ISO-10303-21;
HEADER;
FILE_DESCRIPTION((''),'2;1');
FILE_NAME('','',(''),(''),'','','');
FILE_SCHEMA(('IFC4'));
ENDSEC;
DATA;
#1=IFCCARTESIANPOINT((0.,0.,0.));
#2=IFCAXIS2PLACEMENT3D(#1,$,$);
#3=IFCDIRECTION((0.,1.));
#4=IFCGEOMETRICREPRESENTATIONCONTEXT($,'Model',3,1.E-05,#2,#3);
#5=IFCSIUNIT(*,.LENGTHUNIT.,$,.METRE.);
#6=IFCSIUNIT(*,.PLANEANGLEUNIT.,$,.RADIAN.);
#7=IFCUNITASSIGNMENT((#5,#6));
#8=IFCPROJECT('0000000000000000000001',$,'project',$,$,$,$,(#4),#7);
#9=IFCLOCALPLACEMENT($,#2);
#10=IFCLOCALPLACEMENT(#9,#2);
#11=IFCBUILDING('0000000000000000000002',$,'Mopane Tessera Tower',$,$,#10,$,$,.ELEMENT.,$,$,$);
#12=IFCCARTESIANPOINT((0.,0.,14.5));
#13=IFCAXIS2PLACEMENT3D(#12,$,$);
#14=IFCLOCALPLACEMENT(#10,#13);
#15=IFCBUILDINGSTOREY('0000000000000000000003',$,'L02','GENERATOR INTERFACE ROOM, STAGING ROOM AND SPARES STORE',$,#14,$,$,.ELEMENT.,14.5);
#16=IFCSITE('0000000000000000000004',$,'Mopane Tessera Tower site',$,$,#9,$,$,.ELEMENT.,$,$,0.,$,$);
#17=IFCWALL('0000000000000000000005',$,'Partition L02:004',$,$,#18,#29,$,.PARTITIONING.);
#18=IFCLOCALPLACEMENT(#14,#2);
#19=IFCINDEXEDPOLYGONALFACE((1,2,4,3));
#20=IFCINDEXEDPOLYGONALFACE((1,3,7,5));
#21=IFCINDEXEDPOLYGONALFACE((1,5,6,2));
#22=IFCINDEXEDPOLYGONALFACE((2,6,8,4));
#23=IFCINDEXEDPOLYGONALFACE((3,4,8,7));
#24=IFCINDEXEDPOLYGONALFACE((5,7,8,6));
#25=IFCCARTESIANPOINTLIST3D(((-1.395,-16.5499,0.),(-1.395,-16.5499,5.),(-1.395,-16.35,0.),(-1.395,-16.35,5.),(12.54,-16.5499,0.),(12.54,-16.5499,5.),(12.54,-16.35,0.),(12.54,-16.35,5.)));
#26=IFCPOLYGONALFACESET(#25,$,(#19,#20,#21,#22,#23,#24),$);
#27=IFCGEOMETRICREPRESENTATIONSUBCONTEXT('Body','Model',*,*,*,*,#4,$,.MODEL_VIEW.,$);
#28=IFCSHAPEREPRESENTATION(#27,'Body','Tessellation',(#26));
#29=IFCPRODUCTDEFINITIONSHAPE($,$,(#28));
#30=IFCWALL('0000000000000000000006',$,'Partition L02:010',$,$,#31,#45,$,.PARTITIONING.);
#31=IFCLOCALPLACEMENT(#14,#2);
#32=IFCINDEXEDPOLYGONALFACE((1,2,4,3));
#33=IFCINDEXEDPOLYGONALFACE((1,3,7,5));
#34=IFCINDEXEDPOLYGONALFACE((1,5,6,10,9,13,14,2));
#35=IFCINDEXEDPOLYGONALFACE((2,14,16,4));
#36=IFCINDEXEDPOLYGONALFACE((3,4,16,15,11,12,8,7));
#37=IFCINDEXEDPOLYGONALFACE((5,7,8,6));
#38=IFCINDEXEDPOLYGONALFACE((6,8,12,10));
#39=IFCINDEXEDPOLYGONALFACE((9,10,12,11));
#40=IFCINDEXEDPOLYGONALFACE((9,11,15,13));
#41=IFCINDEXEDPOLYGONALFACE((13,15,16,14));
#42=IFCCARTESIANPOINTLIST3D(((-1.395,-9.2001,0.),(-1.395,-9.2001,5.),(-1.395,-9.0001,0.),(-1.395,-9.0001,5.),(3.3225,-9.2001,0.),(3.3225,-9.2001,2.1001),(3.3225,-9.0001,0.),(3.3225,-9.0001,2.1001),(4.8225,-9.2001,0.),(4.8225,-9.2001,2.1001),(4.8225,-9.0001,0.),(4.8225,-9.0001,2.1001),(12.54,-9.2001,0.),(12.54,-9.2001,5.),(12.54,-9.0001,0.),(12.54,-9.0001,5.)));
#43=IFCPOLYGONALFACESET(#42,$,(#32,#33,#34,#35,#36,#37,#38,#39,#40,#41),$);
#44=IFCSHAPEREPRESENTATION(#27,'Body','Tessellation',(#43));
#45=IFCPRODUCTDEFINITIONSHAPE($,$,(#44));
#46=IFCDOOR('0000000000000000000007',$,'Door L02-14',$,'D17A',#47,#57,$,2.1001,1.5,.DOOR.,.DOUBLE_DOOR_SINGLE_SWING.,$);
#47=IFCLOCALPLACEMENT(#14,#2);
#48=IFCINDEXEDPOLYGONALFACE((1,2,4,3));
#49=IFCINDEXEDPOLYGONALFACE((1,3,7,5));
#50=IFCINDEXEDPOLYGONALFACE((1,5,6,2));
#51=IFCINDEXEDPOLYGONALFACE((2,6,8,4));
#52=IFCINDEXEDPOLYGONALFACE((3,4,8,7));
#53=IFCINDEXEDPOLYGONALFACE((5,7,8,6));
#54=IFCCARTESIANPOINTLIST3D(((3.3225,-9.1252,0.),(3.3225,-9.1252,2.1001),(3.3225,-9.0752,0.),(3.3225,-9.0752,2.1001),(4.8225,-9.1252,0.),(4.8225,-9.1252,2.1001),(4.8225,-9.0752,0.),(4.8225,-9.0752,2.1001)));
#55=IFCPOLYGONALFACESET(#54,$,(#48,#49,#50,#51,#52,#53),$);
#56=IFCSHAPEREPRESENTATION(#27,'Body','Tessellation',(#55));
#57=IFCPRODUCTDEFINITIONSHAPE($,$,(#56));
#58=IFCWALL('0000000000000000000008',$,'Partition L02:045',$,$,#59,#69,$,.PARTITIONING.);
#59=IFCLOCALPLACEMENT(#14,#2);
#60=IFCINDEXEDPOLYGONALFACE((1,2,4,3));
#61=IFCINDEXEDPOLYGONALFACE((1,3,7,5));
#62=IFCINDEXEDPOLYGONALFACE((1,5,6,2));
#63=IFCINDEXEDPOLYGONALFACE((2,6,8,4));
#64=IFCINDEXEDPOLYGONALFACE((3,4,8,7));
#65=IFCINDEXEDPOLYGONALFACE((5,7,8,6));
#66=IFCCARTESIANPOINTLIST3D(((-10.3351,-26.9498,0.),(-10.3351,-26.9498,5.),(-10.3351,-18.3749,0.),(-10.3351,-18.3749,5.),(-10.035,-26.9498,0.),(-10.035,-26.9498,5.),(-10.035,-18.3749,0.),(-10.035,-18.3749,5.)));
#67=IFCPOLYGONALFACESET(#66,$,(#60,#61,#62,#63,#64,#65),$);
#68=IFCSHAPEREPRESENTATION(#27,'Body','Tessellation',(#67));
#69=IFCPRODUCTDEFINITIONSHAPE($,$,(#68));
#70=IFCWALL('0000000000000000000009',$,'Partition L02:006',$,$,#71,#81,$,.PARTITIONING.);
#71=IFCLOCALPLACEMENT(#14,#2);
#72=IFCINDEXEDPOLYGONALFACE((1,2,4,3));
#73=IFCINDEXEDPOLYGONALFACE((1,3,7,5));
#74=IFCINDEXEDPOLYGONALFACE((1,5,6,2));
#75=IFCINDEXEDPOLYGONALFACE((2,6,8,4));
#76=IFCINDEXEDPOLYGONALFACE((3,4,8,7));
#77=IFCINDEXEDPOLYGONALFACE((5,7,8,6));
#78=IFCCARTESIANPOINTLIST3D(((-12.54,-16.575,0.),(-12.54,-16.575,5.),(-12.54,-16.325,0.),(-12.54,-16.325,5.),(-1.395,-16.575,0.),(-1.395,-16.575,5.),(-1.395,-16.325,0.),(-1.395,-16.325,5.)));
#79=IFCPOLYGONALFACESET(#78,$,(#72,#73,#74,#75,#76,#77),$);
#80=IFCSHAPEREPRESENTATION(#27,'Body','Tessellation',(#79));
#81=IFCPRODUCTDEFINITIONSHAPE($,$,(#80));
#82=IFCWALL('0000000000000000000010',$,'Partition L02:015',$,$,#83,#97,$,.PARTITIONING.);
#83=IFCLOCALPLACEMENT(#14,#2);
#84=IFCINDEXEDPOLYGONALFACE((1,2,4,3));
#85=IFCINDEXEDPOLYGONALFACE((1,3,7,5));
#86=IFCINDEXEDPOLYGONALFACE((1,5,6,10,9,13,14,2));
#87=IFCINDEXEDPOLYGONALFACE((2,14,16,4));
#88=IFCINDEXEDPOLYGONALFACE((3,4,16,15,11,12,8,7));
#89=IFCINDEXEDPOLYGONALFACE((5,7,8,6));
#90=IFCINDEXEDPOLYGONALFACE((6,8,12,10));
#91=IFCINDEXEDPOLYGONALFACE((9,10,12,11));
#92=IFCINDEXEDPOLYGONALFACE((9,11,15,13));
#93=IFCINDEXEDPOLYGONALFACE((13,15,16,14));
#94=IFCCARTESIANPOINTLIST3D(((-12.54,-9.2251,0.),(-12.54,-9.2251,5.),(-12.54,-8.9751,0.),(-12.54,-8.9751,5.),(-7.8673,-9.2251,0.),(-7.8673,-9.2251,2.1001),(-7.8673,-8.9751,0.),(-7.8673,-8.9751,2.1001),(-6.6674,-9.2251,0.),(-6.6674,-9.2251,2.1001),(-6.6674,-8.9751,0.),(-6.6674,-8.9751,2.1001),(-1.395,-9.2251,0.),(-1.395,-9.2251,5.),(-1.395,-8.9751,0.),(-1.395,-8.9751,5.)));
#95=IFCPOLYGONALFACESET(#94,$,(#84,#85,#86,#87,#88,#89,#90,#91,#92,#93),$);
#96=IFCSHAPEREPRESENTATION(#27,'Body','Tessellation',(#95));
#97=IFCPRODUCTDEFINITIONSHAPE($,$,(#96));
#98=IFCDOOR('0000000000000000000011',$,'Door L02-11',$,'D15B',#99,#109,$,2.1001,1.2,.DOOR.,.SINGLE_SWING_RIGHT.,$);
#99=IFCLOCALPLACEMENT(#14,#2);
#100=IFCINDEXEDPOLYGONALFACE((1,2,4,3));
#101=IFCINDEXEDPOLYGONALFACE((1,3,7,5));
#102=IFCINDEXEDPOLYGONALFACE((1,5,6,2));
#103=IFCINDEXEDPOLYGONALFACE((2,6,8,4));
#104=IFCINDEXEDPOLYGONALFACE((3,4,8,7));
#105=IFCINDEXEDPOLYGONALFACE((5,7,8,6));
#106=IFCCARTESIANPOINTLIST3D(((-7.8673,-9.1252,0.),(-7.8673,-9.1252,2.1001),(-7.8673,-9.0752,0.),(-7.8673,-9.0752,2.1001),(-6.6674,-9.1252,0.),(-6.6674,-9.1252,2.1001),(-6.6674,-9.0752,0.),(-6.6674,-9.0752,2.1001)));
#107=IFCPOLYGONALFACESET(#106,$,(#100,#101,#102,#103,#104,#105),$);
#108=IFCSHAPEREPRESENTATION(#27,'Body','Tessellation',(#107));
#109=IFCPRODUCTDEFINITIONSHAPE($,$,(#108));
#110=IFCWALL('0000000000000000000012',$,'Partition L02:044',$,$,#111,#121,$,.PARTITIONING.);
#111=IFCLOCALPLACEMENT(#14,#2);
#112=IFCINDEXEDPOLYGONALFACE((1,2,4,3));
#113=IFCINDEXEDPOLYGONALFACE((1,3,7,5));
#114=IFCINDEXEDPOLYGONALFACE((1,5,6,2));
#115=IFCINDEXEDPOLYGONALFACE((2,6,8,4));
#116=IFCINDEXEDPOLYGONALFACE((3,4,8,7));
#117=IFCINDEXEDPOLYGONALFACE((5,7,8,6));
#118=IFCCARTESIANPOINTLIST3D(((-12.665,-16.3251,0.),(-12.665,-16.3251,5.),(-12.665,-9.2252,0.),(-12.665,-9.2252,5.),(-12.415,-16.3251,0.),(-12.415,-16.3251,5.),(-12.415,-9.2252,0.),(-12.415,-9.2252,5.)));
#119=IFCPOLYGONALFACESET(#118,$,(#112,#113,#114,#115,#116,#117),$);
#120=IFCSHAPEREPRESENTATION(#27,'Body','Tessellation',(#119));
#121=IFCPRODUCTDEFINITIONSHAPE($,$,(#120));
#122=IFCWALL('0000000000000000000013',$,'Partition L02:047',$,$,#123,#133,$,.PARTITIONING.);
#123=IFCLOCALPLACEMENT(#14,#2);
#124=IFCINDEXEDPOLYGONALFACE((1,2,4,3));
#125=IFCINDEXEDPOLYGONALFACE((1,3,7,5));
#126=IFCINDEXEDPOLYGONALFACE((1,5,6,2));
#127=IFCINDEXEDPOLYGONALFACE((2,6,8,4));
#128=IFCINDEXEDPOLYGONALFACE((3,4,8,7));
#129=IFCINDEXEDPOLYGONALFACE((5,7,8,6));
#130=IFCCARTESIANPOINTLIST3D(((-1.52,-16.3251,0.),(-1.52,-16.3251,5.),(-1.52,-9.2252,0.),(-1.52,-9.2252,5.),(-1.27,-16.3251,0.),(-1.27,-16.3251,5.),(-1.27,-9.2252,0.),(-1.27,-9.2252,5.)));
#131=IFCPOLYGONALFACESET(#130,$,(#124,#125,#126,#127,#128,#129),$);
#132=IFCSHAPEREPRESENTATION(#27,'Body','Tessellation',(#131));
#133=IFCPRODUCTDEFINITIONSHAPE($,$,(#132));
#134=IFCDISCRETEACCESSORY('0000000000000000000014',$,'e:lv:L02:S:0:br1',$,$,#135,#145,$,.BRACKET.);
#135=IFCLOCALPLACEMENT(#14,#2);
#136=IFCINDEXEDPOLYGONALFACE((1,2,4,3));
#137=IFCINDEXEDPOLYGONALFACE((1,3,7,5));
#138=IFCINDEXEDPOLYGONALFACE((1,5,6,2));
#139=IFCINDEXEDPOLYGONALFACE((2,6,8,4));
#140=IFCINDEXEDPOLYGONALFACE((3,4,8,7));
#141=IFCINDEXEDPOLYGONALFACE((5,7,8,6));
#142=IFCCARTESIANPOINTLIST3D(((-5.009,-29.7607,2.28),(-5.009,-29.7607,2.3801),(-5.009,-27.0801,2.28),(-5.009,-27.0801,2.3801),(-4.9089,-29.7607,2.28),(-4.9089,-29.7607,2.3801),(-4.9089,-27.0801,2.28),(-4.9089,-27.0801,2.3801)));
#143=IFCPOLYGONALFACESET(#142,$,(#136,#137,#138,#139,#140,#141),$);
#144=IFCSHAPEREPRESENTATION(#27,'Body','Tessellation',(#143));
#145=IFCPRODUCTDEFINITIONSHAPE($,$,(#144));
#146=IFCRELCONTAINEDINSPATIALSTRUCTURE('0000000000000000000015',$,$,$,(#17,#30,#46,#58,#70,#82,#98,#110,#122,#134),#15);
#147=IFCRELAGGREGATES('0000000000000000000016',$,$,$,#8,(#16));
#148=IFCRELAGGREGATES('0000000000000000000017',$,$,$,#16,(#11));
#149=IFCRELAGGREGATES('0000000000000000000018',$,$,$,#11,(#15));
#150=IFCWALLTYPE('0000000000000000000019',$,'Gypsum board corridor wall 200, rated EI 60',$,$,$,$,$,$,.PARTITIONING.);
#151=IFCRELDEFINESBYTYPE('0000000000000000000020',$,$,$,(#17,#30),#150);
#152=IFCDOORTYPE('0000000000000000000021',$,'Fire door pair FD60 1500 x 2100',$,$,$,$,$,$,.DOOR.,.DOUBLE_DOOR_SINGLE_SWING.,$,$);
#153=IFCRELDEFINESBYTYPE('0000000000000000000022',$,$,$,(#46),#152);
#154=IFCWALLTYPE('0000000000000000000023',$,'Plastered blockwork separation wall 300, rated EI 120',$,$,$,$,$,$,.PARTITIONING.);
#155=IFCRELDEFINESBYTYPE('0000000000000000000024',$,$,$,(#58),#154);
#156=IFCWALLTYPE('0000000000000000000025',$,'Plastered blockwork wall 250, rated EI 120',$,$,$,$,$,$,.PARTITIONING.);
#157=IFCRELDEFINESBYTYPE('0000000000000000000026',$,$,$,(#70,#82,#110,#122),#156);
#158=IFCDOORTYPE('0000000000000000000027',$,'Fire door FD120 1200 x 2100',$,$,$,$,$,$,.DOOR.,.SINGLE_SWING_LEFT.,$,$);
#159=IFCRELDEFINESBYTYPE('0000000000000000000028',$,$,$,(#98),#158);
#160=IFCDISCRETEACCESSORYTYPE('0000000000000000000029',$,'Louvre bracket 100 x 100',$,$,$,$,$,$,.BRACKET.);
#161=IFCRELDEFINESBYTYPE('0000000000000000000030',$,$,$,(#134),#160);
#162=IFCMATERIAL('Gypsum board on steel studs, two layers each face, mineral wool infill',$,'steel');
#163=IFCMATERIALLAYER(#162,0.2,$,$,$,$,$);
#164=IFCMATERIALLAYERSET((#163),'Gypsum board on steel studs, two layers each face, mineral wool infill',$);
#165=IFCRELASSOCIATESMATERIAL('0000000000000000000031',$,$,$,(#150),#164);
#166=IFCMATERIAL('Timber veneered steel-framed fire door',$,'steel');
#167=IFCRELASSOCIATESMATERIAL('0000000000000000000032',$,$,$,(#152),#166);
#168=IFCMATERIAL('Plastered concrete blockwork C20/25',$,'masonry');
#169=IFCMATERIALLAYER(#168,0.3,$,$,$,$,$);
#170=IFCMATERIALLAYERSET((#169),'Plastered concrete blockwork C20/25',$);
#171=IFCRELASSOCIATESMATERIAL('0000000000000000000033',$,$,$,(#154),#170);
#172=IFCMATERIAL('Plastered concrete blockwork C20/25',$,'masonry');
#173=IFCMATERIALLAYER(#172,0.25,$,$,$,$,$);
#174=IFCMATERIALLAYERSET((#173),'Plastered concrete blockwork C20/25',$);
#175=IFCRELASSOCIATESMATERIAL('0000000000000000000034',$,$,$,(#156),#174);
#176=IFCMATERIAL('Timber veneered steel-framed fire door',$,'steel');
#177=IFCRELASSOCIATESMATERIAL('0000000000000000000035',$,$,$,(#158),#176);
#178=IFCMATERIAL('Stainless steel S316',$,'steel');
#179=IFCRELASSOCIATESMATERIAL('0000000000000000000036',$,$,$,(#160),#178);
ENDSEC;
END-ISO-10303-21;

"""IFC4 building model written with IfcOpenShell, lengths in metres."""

from ifc_helpers import new_model, si_unit, direction, frame, frame_2d, origin, origin_2d, place, context, subcontext, project, spatial, rectangle, extrude, material, layer, layer_set, type_object, element, fill, save


model = new_model("IFC4")

# Units and contexts
model_context = context("Model", 3, precision=1e-05, world=origin(), true_north=direction((0.0, 1.0)))
body_context = subcontext(model_context, "Body", "Model", "MODEL_VIEW")
ifc_project = project(units=[si_unit("LENGTHUNIT", "METRE"), si_unit("PLANEANGLEUNIT", "RADIAN")], contexts=[model_context])

# Site, building, storey
site_placement = place(None, origin())
site = spatial("IfcSite", under=ifc_project, at=site_placement, Name="Mopane Tessera Tower site", CompositionType="ELEMENT", RefElevation=0.0)
building_placement = place(site_placement, origin())
building = spatial("IfcBuilding", under=site, at=building_placement, Name="Mopane Tessera Tower", CompositionType="ELEMENT")
storey_placement = place(building_placement, frame((0.0, 0.0, 14.5)))
storey = spatial("IfcBuildingStorey", under=building, at=storey_placement, Name="L02", Description="GENERATOR INTERFACE ROOM, STAGING ROOM AND SPARES STORE", CompositionType="ELEMENT", Elevation=14.5)

# Wall
ifc_material_1 = material(Name="Gypsum board on steel studs, two layers each face, mineral wool infill", Category="steel")
ifc_layer_1 = layer(ifc_material_1, 0.2)
ifc_layer_set_1 = layer_set([ifc_layer_1], Name="Gypsum board on steel studs, two layers each face, mineral wool infill")
wall_type_1 = type_object("IfcWallType", Name="Gypsum board corridor wall 200, rated EI 60", PredefinedType="PARTITIONING", material=ifc_layer_set_1)
wall_1_placement = place(storey_placement, frame((-1.395, -16.45, 0.0), z_axis=(0.0, 0.0, 1.0), x_axis=(1.0, 0.0, 0.0)))
element("IfcWall", 1, at=wall_1_placement, inside=storey, type_object=wall_type_1, Name="Partition L02:004", PredefinedType="PARTITIONING", context=body_context, shape_type="SweptSolid", body=[
    extrude(rectangle(XDim=13.9351, YDim=0.2, at=frame_2d((6.9675, 0.0))), origin(), (0.0, 0.0, 1.0), 5.0),
])

# Wall, opening, door
wall_2_placement = place(storey_placement, frame((-1.395, -9.1001, 0.0), z_axis=(0.0, 0.0, 1.0), x_axis=(1.0, 0.0, 0.0)))
wall_2 = element("IfcWall", 2, at=wall_2_placement, inside=storey, type_object=wall_type_1, Name="Partition L02:010", PredefinedType="PARTITIONING", context=body_context, shape_type="SweptSolid", body=[
    extrude(rectangle(XDim=13.9351, YDim=0.2, at=frame_2d((6.9675, 0.0))), origin(), (0.0, 0.0, 1.0), 5.0),
])
opening_1_placement = place(wall_2_placement, frame((4.7175, 0.0, 0.0)))
opening_1 = element("IfcOpeningElement", 3, at=opening_1_placement, cuts=wall_2, PredefinedType="OPENING", context=body_context, shape_type="SweptSolid", body=[
    extrude(rectangle(XDim=1.5, YDim=2.1001, at=frame_2d((0.75, 1.05))), frame((0.0, 0.1121, 0.0), z_axis=(0.0, -1.0, 0.0), x_axis=(1.0, 0.0, 0.0)), (0.0, 0.0, 1.0), 0.2239),
])
ifc_material_2 = material(Name="Timber veneered steel-framed fire door", Category="steel")
door_type_1 = type_object("IfcDoorType", Name="Fire door pair FD60 1500 x 2100", OperationType="DOUBLE_DOOR_SINGLE_SWING", PredefinedType="DOOR", material=ifc_material_2)
door_1_placement = place(opening_1_placement, origin())
door_1 = element("IfcDoor", 4, at=door_1_placement, inside=storey, type_object=door_type_1, Name="Door L02-14", ObjectType="D17A", OperationType="DOUBLE_DOOR_SINGLE_SWING", OverallHeight=2.1001, OverallWidth=1.5, PredefinedType="DOOR", context=body_context, shape_type="SweptSolid", body=[
    extrude(rectangle(XDim=1.5, YDim=2.1001, at=frame_2d((0.75, 1.05))), frame((0.0, 0.0249, 0.0), z_axis=(0.0, -1.0, 0.0), x_axis=(1.0, 0.0, 0.0)), (0.0, 0.0, 1.0), 0.05),
])
fill(opening_1, door_1)

# Walls
ifc_material_3 = material(Name="Plastered concrete blockwork C20/25", Category="masonry")
ifc_layer_2 = layer(ifc_material_3, 0.3)
ifc_layer_set_2 = layer_set([ifc_layer_2], Name="Plastered concrete blockwork C20/25")
wall_type_2 = type_object("IfcWallType", Name="Plastered blockwork separation wall 300, rated EI 120", PredefinedType="PARTITIONING", material=ifc_layer_set_2)
wall_3_placement = place(storey_placement, frame((-10.1851, -26.95, 0.0), z_axis=(0.0, 0.0, 1.0), x_axis=(0.0, 1.0, 0.0)))
element("IfcWall", 5, at=wall_3_placement, inside=storey, type_object=wall_type_2, Name="Partition L02:045", PredefinedType="PARTITIONING", context=body_context, shape_type="SweptSolid", body=[
    extrude(rectangle(XDim=8.575, YDim=0.3, at=frame_2d((4.2876, 0.0))), origin(), (0.0, 0.0, 1.0), 5.0),
])
ifc_material_4 = material(Name="Plastered concrete blockwork C20/25", Category="masonry")
ifc_layer_3 = layer(ifc_material_4, 0.25)
ifc_layer_set_3 = layer_set([ifc_layer_3], Name="Plastered concrete blockwork C20/25")
wall_type_3 = type_object("IfcWallType", Name="Plastered blockwork wall 250, rated EI 120", PredefinedType="PARTITIONING", material=ifc_layer_set_3)
wall_4_placement = place(storey_placement, frame((-12.54, -16.45, 0.0), z_axis=(0.0, 0.0, 1.0), x_axis=(1.0, 0.0, 0.0)))
element("IfcWall", 6, at=wall_4_placement, inside=storey, type_object=wall_type_3, Name="Partition L02:006", PredefinedType="PARTITIONING", context=body_context, shape_type="SweptSolid", body=[
    extrude(rectangle(XDim=11.145, YDim=0.25, at=frame_2d((5.5725, 0.0))), origin(), (0.0, 0.0, 1.0), 5.0),
])

# Wall, opening, door
wall_5_placement = place(storey_placement, frame((-12.54, -9.1001, 0.0), z_axis=(0.0, 0.0, 1.0), x_axis=(1.0, 0.0, 0.0)))
wall_5 = element("IfcWall", 7, at=wall_5_placement, inside=storey, type_object=wall_type_3, Name="Partition L02:015", PredefinedType="PARTITIONING", context=body_context, shape_type="SweptSolid", body=[
    extrude(rectangle(XDim=11.145, YDim=0.25, at=frame_2d((5.5725, 0.0))), origin(), (0.0, 0.0, 1.0), 5.0),
])
opening_2_placement = place(wall_5_placement, frame((4.6726, 0.0, 0.0)))
opening_2 = element("IfcOpeningElement", 8, at=opening_2_placement, cuts=wall_5, PredefinedType="OPENING", context=body_context, shape_type="SweptSolid", body=[
    extrude(rectangle(XDim=1.2, YDim=2.1001, at=frame_2d((0.6001, 1.05))), frame((0.0, 0.137, 0.0), z_axis=(0.0, -1.0, 0.0), x_axis=(1.0, 0.0, 0.0)), (0.0, 0.0, 1.0), 0.2739),
])
ifc_material_5 = material(Name="Timber veneered steel-framed fire door", Category="steel")
door_type_2 = type_object("IfcDoorType", Name="Fire door FD120 1200 x 2100", OperationType="SINGLE_SWING_LEFT", PredefinedType="DOOR", material=ifc_material_5)
door_2_placement = place(opening_2_placement, origin())
door_2 = element("IfcDoor", 9, at=door_2_placement, inside=storey, type_object=door_type_2, Name="Door L02-11", ObjectType="D15B", OperationType="SINGLE_SWING_RIGHT", OverallHeight=2.1001, OverallWidth=1.2, PredefinedType="DOOR", context=body_context, shape_type="SweptSolid", body=[
    extrude(rectangle(XDim=1.2, YDim=2.1001, at=frame_2d((0.6001, 1.05))), frame((0.0, 0.0249, 0.0), z_axis=(0.0, -1.0, 0.0), x_axis=(1.0, 0.0, 0.0)), (0.0, 0.0, 1.0), 0.05),
])
fill(opening_2, door_2)

# Walls
for number, where, z_axis, x_axis, name in (
    (10, (-12.54, -16.325, 0.0), (0.0, 0.0, 1.0), (0.0, 1.0, 0.0), "Partition L02:044"),
    (11, (-1.395, -16.325, 0.0), (0.0, 0.0, 1.0), (0.0, 1.0, 0.0), "Partition L02:047"),
):
    element("IfcWall", number, at=place(storey_placement, frame(where, z_axis=z_axis, x_axis=x_axis)), inside=storey, type_object=wall_type_3, Name=name, PredefinedType="PARTITIONING", context=body_context, shape_type="SweptSolid", body=[
        extrude(rectangle(XDim=7.0999, YDim=0.25, at=frame_2d((3.5498, 0.0))), origin(), (0.0, 0.0, 1.0), 5.0),
    ])

# Discrete accessory
ifc_material_6 = material(Name="Stainless steel S316", Category="steel")
discrete_accessory_type = type_object("IfcDiscreteAccessoryType", Name="Louvre bracket 100 x 100", PredefinedType="BRACKET", material=ifc_material_6)
discrete_accessory_placement = place(storey_placement, frame((-4.959, -28.4204, 2.28), z_axis=(0.0, 0.0, 1.0), x_axis=(0.0, -1.0, 0.0)))
element("IfcDiscreteAccessory", 12, at=discrete_accessory_placement, inside=storey, type_object=discrete_accessory_type, Name="e:lv:L02:S:0:br1", PredefinedType="BRACKET", context=body_context, shape_type="SweptSolid", body=[
    extrude(rectangle(XDim=2.6807, YDim=0.1001, at=origin_2d()), origin(), (0.0, 0.0, 1.0), 0.1001),
])

save(model, "model.ifc")
